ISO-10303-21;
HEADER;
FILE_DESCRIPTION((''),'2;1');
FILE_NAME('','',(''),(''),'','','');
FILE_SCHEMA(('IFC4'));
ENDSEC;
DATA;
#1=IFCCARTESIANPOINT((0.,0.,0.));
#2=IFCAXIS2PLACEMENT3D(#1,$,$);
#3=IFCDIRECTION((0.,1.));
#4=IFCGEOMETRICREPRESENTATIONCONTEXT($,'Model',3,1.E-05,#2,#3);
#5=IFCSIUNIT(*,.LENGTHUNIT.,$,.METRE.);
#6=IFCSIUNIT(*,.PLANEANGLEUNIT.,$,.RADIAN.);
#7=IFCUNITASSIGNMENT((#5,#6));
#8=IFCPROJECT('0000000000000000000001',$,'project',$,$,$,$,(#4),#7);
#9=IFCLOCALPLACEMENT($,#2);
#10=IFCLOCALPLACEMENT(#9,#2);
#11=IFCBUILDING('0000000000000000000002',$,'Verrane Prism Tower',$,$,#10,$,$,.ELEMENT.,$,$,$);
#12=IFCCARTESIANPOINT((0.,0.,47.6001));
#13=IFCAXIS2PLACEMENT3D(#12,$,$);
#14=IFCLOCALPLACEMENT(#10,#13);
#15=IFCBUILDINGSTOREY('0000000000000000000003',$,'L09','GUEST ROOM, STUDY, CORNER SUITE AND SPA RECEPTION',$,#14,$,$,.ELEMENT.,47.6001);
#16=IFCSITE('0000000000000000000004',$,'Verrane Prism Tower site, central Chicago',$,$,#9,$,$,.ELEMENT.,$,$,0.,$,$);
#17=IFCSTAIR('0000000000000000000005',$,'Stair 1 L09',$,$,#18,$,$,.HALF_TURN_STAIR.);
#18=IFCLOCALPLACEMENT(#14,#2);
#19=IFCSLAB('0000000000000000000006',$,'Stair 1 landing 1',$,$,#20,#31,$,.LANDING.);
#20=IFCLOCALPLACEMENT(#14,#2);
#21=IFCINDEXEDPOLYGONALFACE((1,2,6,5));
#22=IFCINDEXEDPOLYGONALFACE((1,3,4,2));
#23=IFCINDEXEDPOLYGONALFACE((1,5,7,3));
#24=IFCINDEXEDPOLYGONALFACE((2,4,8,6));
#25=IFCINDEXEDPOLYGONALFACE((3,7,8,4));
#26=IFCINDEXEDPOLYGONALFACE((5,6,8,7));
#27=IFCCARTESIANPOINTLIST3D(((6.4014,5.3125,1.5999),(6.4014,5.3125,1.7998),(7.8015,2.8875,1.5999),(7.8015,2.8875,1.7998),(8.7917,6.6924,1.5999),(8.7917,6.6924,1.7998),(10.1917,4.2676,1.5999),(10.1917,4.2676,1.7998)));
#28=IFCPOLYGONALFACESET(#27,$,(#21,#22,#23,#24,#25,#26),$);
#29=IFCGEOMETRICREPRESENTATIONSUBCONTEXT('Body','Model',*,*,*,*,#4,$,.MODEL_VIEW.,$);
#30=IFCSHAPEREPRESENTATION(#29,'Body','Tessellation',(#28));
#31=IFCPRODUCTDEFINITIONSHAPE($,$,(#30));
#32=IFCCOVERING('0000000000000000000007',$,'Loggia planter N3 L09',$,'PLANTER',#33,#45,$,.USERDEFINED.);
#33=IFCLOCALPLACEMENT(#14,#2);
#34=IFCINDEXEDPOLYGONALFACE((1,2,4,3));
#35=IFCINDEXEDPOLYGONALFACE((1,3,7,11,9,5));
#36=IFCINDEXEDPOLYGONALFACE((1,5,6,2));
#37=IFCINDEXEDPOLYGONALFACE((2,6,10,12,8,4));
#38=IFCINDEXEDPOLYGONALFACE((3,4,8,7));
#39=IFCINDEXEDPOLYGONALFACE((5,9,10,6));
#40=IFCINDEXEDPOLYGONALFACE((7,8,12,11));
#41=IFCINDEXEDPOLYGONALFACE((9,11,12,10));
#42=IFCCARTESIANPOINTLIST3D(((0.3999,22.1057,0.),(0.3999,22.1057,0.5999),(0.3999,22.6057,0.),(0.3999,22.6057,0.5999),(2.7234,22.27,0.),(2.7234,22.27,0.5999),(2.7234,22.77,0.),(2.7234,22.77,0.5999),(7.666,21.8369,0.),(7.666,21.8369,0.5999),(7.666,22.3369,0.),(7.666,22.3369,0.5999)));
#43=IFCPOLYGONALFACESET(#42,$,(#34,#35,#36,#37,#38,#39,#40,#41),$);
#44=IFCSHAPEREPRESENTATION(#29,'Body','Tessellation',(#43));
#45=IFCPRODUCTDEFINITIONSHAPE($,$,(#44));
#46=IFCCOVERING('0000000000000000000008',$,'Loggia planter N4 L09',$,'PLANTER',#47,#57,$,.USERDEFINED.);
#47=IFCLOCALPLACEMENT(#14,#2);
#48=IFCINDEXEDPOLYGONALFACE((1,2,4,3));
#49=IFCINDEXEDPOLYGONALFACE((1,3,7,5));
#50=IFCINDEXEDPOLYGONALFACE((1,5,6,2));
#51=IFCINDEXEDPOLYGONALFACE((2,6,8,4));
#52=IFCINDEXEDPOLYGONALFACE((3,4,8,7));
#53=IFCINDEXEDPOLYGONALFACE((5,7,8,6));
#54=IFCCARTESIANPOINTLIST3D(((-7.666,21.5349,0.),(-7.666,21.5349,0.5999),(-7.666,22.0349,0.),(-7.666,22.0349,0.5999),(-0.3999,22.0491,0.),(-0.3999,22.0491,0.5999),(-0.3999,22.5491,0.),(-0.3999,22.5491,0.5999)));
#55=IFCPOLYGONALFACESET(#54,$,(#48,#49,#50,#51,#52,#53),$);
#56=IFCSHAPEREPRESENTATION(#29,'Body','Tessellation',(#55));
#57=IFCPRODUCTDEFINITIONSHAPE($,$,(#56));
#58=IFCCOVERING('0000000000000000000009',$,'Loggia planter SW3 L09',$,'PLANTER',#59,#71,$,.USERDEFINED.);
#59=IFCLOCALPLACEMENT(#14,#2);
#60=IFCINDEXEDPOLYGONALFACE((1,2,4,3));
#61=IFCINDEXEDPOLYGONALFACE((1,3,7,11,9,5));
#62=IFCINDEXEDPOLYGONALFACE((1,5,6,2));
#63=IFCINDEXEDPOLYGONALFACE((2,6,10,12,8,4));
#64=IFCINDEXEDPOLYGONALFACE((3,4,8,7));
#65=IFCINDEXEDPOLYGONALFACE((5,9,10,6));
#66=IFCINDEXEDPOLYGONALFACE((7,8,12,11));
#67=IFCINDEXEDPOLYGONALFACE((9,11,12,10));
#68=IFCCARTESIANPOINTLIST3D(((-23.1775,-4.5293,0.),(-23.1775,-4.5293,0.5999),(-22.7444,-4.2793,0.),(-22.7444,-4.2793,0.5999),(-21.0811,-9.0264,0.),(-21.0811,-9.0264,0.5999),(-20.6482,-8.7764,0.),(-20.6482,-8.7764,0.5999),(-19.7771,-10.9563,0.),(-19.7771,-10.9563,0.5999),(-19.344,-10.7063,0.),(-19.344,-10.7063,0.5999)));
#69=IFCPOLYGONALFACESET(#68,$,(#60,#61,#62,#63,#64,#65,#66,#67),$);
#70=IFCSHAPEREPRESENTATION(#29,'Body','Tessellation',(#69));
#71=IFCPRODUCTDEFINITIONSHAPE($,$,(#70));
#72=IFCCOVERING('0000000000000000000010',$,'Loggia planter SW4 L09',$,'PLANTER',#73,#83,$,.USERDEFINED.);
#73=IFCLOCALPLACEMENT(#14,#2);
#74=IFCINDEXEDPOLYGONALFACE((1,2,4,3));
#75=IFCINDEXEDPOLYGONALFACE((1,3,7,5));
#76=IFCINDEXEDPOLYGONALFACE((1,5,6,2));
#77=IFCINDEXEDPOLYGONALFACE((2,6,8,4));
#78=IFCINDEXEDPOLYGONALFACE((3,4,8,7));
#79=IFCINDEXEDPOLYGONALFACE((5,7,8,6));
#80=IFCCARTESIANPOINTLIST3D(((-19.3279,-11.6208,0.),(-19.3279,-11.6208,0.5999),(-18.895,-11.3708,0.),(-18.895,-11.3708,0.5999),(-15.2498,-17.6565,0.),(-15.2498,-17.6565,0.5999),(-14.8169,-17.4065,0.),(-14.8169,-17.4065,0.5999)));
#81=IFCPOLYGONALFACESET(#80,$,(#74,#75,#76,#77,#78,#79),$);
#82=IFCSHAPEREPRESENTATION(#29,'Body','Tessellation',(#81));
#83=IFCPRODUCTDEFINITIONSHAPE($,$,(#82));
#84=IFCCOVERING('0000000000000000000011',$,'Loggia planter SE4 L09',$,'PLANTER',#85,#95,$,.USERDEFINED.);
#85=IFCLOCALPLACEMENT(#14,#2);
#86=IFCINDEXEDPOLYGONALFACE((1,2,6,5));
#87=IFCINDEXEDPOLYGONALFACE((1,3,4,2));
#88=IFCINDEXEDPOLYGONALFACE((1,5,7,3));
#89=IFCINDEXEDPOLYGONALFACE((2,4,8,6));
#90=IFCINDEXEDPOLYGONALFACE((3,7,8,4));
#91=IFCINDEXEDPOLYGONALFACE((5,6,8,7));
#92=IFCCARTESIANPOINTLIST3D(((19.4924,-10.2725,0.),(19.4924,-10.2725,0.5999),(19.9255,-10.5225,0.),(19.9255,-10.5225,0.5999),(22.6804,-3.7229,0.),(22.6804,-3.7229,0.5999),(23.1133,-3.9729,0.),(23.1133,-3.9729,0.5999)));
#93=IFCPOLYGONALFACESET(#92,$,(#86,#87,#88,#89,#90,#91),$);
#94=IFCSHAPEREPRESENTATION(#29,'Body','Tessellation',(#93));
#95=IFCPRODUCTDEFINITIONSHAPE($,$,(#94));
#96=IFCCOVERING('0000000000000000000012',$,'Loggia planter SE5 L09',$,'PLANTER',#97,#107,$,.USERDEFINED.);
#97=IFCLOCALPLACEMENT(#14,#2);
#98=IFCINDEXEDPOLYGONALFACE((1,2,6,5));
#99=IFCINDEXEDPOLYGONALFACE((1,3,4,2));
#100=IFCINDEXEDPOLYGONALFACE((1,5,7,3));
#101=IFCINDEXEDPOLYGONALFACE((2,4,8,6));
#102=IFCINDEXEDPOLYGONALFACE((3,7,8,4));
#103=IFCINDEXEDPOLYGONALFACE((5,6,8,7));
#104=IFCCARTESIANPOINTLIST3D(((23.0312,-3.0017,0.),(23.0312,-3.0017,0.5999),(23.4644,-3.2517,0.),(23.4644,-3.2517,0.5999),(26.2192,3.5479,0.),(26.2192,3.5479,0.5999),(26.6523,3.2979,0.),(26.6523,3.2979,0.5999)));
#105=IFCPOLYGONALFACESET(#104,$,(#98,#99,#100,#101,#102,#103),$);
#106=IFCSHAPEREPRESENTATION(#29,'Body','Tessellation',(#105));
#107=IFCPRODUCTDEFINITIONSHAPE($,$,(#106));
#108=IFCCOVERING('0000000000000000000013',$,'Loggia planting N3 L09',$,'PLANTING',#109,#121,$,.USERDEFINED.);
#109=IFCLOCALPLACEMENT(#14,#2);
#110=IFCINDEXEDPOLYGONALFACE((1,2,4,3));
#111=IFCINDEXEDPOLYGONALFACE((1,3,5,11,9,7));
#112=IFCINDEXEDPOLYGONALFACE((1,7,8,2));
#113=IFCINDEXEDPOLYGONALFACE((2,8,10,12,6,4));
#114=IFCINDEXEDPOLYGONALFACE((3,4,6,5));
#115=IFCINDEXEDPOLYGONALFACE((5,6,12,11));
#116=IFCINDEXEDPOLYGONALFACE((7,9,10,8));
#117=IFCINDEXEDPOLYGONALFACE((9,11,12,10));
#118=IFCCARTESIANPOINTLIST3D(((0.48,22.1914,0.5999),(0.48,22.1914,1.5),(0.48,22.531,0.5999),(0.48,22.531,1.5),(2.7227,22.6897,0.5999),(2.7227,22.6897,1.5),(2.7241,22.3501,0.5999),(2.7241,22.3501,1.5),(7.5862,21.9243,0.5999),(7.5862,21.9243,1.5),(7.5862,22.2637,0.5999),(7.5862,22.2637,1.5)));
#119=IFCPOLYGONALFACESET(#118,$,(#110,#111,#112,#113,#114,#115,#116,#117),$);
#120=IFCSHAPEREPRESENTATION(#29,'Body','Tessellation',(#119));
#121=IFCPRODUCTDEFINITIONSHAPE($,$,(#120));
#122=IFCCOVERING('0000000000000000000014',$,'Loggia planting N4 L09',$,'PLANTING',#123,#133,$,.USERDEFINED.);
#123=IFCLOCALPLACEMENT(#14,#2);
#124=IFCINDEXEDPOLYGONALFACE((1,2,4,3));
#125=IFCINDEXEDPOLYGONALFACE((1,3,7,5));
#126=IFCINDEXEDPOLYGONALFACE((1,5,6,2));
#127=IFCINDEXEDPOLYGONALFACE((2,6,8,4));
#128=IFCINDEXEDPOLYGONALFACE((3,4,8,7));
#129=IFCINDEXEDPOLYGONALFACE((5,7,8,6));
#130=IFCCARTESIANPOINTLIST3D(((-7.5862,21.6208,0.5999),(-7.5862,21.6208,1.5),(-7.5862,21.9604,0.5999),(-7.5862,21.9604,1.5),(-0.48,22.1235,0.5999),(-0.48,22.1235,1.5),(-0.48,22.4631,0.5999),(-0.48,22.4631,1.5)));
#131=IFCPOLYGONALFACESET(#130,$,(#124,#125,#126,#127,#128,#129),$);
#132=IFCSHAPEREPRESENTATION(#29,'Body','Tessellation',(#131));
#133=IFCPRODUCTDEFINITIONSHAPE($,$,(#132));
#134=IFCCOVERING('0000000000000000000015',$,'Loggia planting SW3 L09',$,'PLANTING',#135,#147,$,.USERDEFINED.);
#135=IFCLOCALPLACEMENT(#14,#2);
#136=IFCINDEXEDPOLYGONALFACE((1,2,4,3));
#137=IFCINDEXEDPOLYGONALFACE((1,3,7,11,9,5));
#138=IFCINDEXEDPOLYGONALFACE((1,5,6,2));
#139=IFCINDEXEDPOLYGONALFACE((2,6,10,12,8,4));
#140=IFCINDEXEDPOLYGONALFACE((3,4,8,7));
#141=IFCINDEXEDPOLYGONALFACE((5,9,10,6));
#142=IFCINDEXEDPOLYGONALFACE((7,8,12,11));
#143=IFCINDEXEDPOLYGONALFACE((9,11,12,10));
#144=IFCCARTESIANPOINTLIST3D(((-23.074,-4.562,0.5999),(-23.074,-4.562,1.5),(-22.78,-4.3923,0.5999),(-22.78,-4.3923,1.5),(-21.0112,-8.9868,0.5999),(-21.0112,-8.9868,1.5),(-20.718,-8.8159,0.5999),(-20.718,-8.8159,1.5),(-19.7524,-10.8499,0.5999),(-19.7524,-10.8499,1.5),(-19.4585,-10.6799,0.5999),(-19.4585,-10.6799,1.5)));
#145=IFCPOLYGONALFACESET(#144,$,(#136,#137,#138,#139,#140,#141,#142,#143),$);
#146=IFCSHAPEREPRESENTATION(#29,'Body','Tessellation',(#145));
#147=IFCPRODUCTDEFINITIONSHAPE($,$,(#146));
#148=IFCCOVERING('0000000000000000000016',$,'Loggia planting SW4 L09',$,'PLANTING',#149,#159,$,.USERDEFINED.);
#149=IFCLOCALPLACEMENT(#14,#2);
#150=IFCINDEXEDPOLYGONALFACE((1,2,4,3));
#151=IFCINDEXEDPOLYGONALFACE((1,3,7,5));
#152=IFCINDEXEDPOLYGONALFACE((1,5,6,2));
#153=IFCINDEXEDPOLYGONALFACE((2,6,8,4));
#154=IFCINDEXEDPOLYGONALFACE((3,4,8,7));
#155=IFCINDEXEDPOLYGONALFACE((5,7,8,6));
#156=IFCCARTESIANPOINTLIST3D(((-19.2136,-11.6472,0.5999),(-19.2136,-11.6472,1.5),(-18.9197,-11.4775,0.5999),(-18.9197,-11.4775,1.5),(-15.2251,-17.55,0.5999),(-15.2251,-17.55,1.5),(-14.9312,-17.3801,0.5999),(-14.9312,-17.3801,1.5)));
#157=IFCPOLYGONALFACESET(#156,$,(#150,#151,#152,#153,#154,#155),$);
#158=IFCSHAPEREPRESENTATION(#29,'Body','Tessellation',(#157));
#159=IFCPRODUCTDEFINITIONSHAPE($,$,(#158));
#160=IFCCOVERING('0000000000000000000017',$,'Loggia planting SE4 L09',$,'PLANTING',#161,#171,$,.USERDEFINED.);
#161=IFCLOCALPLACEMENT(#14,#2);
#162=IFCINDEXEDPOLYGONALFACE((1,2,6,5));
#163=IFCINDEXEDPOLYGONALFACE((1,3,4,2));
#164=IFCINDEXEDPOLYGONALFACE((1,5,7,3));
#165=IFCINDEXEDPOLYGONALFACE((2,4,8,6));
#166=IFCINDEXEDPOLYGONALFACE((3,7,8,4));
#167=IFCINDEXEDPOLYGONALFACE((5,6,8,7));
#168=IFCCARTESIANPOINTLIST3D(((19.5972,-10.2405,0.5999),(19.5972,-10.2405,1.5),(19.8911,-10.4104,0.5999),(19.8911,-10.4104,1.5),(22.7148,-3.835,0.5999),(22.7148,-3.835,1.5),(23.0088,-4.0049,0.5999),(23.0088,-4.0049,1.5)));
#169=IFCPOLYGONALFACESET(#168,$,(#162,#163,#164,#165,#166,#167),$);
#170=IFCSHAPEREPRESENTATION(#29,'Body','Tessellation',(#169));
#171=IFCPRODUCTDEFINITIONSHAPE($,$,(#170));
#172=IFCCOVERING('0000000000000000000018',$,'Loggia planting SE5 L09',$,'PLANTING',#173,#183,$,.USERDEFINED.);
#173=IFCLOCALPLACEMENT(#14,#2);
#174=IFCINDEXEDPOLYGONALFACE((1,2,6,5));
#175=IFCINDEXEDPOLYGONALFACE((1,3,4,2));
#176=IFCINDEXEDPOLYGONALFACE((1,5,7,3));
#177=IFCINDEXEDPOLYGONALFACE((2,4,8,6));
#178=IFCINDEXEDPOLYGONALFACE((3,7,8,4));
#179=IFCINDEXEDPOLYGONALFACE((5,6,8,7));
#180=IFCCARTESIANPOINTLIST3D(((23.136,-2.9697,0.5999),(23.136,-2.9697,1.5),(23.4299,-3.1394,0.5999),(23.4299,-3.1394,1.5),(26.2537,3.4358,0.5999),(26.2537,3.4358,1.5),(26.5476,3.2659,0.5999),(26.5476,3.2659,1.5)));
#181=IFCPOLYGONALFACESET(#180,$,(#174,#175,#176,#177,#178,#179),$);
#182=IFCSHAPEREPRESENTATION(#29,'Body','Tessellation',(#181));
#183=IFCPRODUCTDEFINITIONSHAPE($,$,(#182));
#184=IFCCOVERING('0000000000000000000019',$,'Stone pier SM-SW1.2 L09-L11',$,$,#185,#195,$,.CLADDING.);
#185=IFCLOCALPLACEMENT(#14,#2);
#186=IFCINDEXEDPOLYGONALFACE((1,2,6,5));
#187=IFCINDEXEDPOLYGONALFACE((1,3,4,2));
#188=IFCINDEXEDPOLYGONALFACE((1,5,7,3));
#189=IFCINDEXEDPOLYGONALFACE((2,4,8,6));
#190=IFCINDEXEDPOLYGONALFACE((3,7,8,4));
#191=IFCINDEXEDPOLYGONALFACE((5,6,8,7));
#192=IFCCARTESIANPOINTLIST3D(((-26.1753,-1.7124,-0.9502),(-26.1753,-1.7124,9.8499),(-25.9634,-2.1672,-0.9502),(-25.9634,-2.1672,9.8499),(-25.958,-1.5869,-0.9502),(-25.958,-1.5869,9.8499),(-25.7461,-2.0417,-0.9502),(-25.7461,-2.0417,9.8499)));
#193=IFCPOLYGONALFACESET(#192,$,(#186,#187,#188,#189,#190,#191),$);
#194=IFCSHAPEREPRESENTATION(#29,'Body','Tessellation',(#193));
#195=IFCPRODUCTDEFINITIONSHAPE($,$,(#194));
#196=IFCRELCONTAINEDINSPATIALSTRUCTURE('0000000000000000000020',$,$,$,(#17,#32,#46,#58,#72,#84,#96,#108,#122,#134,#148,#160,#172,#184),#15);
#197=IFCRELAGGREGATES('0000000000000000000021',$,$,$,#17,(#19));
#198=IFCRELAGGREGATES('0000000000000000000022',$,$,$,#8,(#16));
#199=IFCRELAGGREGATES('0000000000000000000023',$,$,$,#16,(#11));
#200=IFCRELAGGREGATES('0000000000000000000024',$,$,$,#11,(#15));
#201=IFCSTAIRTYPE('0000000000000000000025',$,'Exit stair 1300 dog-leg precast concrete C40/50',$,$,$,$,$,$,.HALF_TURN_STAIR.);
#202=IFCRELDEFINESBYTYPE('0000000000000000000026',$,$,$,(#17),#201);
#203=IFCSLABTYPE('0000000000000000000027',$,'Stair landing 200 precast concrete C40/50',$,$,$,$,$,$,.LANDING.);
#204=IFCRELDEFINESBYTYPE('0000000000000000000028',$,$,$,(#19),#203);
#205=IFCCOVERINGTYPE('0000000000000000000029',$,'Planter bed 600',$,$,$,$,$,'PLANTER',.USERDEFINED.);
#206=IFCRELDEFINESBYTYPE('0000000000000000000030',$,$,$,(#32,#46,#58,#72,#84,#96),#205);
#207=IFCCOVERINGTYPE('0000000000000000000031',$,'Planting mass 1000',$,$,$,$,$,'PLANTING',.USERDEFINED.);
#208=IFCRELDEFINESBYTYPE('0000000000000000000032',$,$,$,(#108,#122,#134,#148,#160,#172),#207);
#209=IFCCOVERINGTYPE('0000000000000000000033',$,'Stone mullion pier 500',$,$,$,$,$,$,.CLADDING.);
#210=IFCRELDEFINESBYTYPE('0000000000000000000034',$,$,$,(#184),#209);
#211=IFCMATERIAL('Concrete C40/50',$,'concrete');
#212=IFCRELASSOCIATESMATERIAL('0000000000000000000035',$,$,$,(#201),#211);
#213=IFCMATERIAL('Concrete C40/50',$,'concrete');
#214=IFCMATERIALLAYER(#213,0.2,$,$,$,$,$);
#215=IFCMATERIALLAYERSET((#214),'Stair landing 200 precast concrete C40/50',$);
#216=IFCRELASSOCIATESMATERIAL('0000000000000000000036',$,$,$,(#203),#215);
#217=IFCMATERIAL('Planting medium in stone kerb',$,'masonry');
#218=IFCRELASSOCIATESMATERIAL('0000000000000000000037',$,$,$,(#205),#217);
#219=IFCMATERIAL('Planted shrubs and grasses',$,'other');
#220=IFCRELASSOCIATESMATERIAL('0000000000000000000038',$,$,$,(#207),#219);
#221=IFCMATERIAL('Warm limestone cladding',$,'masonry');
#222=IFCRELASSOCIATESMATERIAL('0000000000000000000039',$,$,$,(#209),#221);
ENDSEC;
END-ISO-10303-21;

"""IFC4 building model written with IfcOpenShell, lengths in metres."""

from ifc_helpers import new_model, si_unit, direction, frame, origin, place, context, subcontext, project, spatial, polyline, outline, extrude, material, layer, layer_set, type_object, element, aggregate, save


model = new_model("IFC4")

# Units and contexts
model_context = context("Model", 3, precision=1e-05, world=origin(), true_north=direction((0.0, 1.0)))
body_context = subcontext(model_context, "Body", "Model", "MODEL_VIEW")
ifc_project = project(units=[si_unit("LENGTHUNIT", "METRE"), si_unit("PLANEANGLEUNIT", "RADIAN")], contexts=[model_context])

# Site, building, storey
site_placement = place(None, origin())
site = spatial("IfcSite", under=ifc_project, at=site_placement, Name="Verrane Prism Tower site, central Chicago", CompositionType="ELEMENT", RefElevation=0.0)
building_placement = place(site_placement, origin())
building = spatial("IfcBuilding", under=site, at=building_placement, Name="Verrane Prism Tower", CompositionType="ELEMENT")
storey_placement = place(building_placement, frame((0.0, 0.0, 47.6001)))
storey = spatial("IfcBuildingStorey", under=building, at=storey_placement, Name="L09", Description="GUEST ROOM, STUDY, CORNER SUITE AND SPA RECEPTION", CompositionType="ELEMENT", Elevation=47.6001)

# Stair, slab
ifc_material_1 = material(Name="Concrete C40/50", Category="concrete")
stair_type = type_object("IfcStairType", Name="Exit stair 1300 dog-leg precast concrete C40/50", PredefinedType="HALF_TURN_STAIR", material=ifc_material_1)
stair_placement = place(storey_placement, origin())
stair = element("IfcStair", 1, at=stair_placement, inside=storey, type_object=stair_type, Name="Stair 1 L09", PredefinedType="HALF_TURN_STAIR")
ifc_material_2 = material(Name="Concrete C40/50", Category="concrete")
ifc_layer_1 = layer(ifc_material_2, 0.2)
ifc_layer_set_1 = layer_set([ifc_layer_1], Name="Stair landing 200 precast concrete C40/50")
slab_type = type_object("IfcSlabType", Name="Stair landing 200 precast concrete C40/50", PredefinedType="LANDING", material=ifc_layer_set_1)
slab_placement = place(storey_placement, frame((0.0, 0.0, 1.5999)))
slab = element("IfcSlab", 2, at=slab_placement, type_object=slab_type, Name="Stair 1 landing 1", PredefinedType="LANDING", context=body_context, shape_type="SweptSolid", body=[
    extrude(outline(polyline([(8.7917, 6.6924), (6.4014, 5.3125), (7.8015, 2.8875), (10.1917, 4.2676), (8.7917, 6.6924)])), origin(), (0.0, 0.0, 1.0), 0.2),
])
aggregate(stair, [slab])

# Coverings
ifc_material_3 = material(Name="Planting medium in stone kerb", Category="masonry")
covering_type_1 = type_object("IfcCoveringType", Name="Planter bed 600", ElementType="PLANTER", PredefinedType="USERDEFINED", material=ifc_material_3)
covering_1_placement = place(storey_placement, origin())
element("IfcCovering", 3, at=covering_1_placement, inside=storey, type_object=covering_type_1, Name="Loggia planter N3 L09", ObjectType="PLANTER", PredefinedType="USERDEFINED", context=body_context, shape_type="SweptSolid", body=[
    extrude(outline(polyline([(7.666, 22.3369), (2.7234, 22.77), (0.3999, 22.6057), (0.3999, 22.1057), (2.7234, 22.27), (7.666, 21.8369), (7.666, 22.3369)])), origin(), (0.0, 0.0, 1.0), 0.5999),
])
covering_2_placement = place(storey_placement, origin())
element("IfcCovering", 4, at=covering_2_placement, inside=storey, type_object=covering_type_1, Name="Loggia planter N4 L09", ObjectType="PLANTER", PredefinedType="USERDEFINED", context=body_context, shape_type="SweptSolid", body=[
    extrude(outline(polyline([(-0.3999, 22.5491), (-7.666, 22.0349), (-7.666, 21.5349), (-0.3999, 22.0491), (-0.3999, 22.5491)])), origin(), (0.0, 0.0, 1.0), 0.5999),
])
covering_3_placement = place(storey_placement, origin())
element("IfcCovering", 5, at=covering_3_placement, inside=storey, type_object=covering_type_1, Name="Loggia planter SW3 L09", ObjectType="PLANTER", PredefinedType="USERDEFINED", context=body_context, shape_type="SweptSolid", body=[
    extrude(outline(polyline([(-23.1775, -4.5293), (-21.0811, -9.0264), (-19.7771, -10.9563), (-19.344, -10.7063), (-20.6482, -8.7764), (-22.7444, -4.2793), (-23.1775, -4.5293)])), origin(), (0.0, 0.0, 1.0), 0.5999),
])
covering_4_placement = place(storey_placement, origin())
element("IfcCovering", 6, at=covering_4_placement, inside=storey, type_object=covering_type_1, Name="Loggia planter SW4 L09", ObjectType="PLANTER", PredefinedType="USERDEFINED", context=body_context, shape_type="SweptSolid", body=[
    extrude(outline(polyline([(-19.3279, -11.6208), (-15.2498, -17.6565), (-14.8169, -17.4065), (-18.895, -11.3708), (-19.3279, -11.6208)])), origin(), (0.0, 0.0, 1.0), 0.5999),
])
covering_5_placement = place(storey_placement, origin())
element("IfcCovering", 7, at=covering_5_placement, inside=storey, type_object=covering_type_1, Name="Loggia planter SE4 L09", ObjectType="PLANTER", PredefinedType="USERDEFINED", context=body_context, shape_type="SweptSolid", body=[
    extrude(outline(polyline([(19.9255, -10.5225), (23.1133, -3.9729), (22.6804, -3.7229), (19.4924, -10.2725), (19.9255, -10.5225)])), origin(), (0.0, 0.0, 1.0), 0.5999),
])
covering_6_placement = place(storey_placement, origin())
element("IfcCovering", 8, at=covering_6_placement, inside=storey, type_object=covering_type_1, Name="Loggia planter SE5 L09", ObjectType="PLANTER", PredefinedType="USERDEFINED", context=body_context, shape_type="SweptSolid", body=[
    extrude(outline(polyline([(23.4644, -3.2517), (26.6523, 3.2979), (26.2192, 3.5479), (23.0312, -3.0017), (23.4644, -3.2517)])), origin(), (0.0, 0.0, 1.0), 0.5999),
])
ifc_material_4 = material(Name="Planted shrubs and grasses", Category="other")
covering_type_2 = type_object("IfcCoveringType", Name="Planting mass 1000", ElementType="PLANTING", PredefinedType="USERDEFINED", material=ifc_material_4)
covering_7_placement = place(storey_placement, frame((0.0, 0.0, 0.5999)))
element("IfcCovering", 9, at=covering_7_placement, inside=storey, type_object=covering_type_2, Name="Loggia planting N3 L09", ObjectType="PLANTING", PredefinedType="USERDEFINED", context=body_context, shape_type="SweptSolid", body=[
    extrude(outline(polyline([(2.7227, 22.6897), (0.48, 22.531), (0.48, 22.1914), (2.7241, 22.3501), (7.5862, 21.9243), (7.5862, 22.2637), (2.7227, 22.6897)])), origin(), (0.0, 0.0, 1.0), 0.9001),
])
covering_8_placement = place(storey_placement, frame((0.0, 0.0, 0.5999)))
element("IfcCovering", 10, at=covering_8_placement, inside=storey, type_object=covering_type_2, Name="Loggia planting N4 L09", ObjectType="PLANTING", PredefinedType="USERDEFINED", context=body_context, shape_type="SweptSolid", body=[
    extrude(outline(polyline([(-7.5862, 21.9604), (-7.5862, 21.6208), (-0.48, 22.1235), (-0.48, 22.4631), (-7.5862, 21.9604)])), origin(), (0.0, 0.0, 1.0), 0.9001),
])
covering_9_placement = place(storey_placement, frame((0.0, 0.0, 0.5999)))
element("IfcCovering", 11, at=covering_9_placement, inside=storey, type_object=covering_type_2, Name="Loggia planting SW3 L09", ObjectType="PLANTING", PredefinedType="USERDEFINED", context=body_context, shape_type="SweptSolid", body=[
    extrude(outline(polyline([(-21.0112, -8.9868), (-19.7524, -10.8499), (-19.4585, -10.6799), (-20.718, -8.8159), (-22.78, -4.3923), (-23.074, -4.562), (-21.0112, -8.9868)])), origin(), (0.0, 0.0, 1.0), 0.9001),
])
covering_10_placement = place(storey_placement, frame((0.0, 0.0, 0.5999)))
element("IfcCovering", 12, at=covering_10_placement, inside=storey, type_object=covering_type_2, Name="Loggia planting SW4 L09", ObjectType="PLANTING", PredefinedType="USERDEFINED", context=body_context, shape_type="SweptSolid", body=[
    extrude(outline(polyline([(-15.2251, -17.55), (-14.9312, -17.3801), (-18.9197, -11.4775), (-19.2136, -11.6472), (-15.2251, -17.55)])), origin(), (0.0, 0.0, 1.0), 0.9001),
])
covering_11_placement = place(storey_placement, frame((0.0, 0.0, 0.5999)))
element("IfcCovering", 13, at=covering_11_placement, inside=storey, type_object=covering_type_2, Name="Loggia planting SE4 L09", ObjectType="PLANTING", PredefinedType="USERDEFINED", context=body_context, shape_type="SweptSolid", body=[
    extrude(outline(polyline([(23.0088, -4.0049), (22.7148, -3.835), (19.5972, -10.2405), (19.8911, -10.4104), (23.0088, -4.0049)])), origin(), (0.0, 0.0, 1.0), 0.9001),
])
covering_12_placement = place(storey_placement, frame((0.0, 0.0, 0.5999)))
element("IfcCovering", 14, at=covering_12_placement, inside=storey, type_object=covering_type_2, Name="Loggia planting SE5 L09", ObjectType="PLANTING", PredefinedType="USERDEFINED", context=body_context, shape_type="SweptSolid", body=[
    extrude(outline(polyline([(26.5476, 3.2659), (26.2537, 3.4358), (23.136, -2.9697), (23.4299, -3.1394), (26.5476, 3.2659)])), origin(), (0.0, 0.0, 1.0), 0.9001),
])
ifc_material_5 = material(Name="Warm limestone cladding", Category="masonry")
covering_type_3 = type_object("IfcCoveringType", Name="Stone mullion pier 500", PredefinedType="CLADDING", material=ifc_material_5)
covering_13_placement = place(storey_placement, frame((0.0, 0.0, -0.9502)))
element("IfcCovering", 15, at=covering_13_placement, inside=storey, type_object=covering_type_3, Name="Stone pier SM-SW1.2 L09-L11", PredefinedType="CLADDING", context=body_context, shape_type="SweptSolid", body=[
    extrude(outline(polyline([(-25.7461, -2.0417), (-25.958, -1.5869), (-26.1753, -1.7124), (-25.9634, -2.1672), (-25.7461, -2.0417)])), origin(), (0.0, 0.0, 1.0), 10.8),
])

save(model, "model.ifc")
